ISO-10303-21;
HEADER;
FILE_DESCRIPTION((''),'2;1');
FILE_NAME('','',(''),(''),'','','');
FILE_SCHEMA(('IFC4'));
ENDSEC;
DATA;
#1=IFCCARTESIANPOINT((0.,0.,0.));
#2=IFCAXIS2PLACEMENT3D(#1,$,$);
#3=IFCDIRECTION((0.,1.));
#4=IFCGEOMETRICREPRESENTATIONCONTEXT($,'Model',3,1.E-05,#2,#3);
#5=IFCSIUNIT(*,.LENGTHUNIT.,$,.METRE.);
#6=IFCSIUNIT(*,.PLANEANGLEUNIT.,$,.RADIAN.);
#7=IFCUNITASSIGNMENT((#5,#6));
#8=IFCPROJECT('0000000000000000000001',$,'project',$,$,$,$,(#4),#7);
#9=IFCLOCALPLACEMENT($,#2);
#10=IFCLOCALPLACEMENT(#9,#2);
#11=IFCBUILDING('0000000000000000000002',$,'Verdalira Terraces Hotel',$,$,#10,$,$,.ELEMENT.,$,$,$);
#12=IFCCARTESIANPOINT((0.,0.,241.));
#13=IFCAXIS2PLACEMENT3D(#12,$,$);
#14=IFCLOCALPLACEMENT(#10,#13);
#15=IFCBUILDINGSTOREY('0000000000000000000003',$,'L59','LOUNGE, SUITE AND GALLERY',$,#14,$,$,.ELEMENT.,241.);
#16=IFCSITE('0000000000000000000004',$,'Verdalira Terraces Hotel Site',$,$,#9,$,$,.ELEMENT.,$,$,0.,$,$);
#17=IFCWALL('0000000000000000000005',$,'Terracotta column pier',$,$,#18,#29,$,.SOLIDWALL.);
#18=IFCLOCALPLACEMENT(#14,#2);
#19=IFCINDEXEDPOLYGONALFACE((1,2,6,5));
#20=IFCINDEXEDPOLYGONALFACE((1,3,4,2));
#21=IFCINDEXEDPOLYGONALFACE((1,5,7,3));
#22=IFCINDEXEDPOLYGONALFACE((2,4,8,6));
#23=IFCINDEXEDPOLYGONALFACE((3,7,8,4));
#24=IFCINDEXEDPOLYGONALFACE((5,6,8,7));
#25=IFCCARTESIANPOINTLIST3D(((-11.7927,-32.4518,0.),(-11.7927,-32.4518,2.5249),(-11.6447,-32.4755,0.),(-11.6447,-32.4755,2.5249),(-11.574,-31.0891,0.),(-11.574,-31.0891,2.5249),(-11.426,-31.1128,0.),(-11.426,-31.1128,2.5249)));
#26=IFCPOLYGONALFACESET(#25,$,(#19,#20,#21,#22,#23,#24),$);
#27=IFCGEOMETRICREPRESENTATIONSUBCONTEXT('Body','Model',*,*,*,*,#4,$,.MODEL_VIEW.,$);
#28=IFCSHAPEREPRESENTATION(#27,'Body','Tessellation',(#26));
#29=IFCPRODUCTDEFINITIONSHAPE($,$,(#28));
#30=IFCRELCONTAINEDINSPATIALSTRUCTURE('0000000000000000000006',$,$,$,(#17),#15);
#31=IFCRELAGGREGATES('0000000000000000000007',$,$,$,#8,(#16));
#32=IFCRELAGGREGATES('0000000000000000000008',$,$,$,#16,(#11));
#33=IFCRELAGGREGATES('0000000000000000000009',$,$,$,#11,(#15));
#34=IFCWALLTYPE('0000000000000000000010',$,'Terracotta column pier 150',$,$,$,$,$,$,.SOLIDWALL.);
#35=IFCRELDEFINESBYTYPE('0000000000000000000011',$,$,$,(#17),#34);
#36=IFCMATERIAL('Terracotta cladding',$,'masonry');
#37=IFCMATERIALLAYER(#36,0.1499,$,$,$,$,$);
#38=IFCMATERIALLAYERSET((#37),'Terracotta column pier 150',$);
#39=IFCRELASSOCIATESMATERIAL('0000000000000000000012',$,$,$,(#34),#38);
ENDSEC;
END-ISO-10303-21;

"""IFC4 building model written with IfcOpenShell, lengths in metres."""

from ifc_helpers import new_model, si_unit, direction, frame, frame_2d, origin, place, context, subcontext, project, spatial, rectangle, extrude, material, layer, layer_set, type_object, element, save


model = new_model("IFC4")

# Units and contexts
model_context = context("Model", 3, precision=1e-05, world=origin(), true_north=direction((0.0, 1.0)))
body_context = subcontext(model_context, "Body", "Model", "MODEL_VIEW")
ifc_project = project(units=[si_unit("LENGTHUNIT", "METRE"), si_unit("PLANEANGLEUNIT", "RADIAN")], contexts=[model_context])

# Site, building, storey
site_placement = place(None, origin())
site = spatial("IfcSite", under=ifc_project, at=site_placement, Name="Verdalira Terraces Hotel Site", CompositionType="ELEMENT", RefElevation=0.0)
building_placement = place(site_placement, origin())
building = spatial("IfcBuilding", under=site, at=building_placement, Name="Verdalira Terraces Hotel", CompositionType="ELEMENT")
storey_placement = place(building_placement, frame((0.0, 0.0, 241.0)))
storey = spatial("IfcBuildingStorey", under=building, at=storey_placement, Name="L59", Description="LOUNGE, SUITE AND GALLERY", CompositionType="ELEMENT", Elevation=241.0)

# Wall
ifc_material_1 = material(Name="Terracotta cladding", Category="masonry")
ifc_layer_1 = layer(ifc_material_1, 0.1499)
ifc_layer_set_1 = layer_set([ifc_layer_1], Name="Terracotta column pier 150")
wall_type_1 = type_object("IfcWallType", Name="Terracotta column pier 150", PredefinedType="SOLIDWALL", material=ifc_layer_set_1)
wall_1_placement = place(storey_placement, frame((-11.5, -31.1011, 0.0), z_axis=(0.0, 0.0, 1.0), x_axis=(-0.158487, -0.987361, 0.0)))
element("IfcWall", 1, at=wall_1_placement, inside=storey, type_object=wall_type_1, Name="Terracotta column pier", PredefinedType="SOLIDWALL", context=body_context, shape_type="SweptSolid", body=[
    extrude(rectangle(XDim=1.3801, YDim=0.1499, at=frame_2d((0.6899, 0.0))), origin(), (0.0, 0.0, 1.0), 2.5249),
])

save(model, "model.ifc")
